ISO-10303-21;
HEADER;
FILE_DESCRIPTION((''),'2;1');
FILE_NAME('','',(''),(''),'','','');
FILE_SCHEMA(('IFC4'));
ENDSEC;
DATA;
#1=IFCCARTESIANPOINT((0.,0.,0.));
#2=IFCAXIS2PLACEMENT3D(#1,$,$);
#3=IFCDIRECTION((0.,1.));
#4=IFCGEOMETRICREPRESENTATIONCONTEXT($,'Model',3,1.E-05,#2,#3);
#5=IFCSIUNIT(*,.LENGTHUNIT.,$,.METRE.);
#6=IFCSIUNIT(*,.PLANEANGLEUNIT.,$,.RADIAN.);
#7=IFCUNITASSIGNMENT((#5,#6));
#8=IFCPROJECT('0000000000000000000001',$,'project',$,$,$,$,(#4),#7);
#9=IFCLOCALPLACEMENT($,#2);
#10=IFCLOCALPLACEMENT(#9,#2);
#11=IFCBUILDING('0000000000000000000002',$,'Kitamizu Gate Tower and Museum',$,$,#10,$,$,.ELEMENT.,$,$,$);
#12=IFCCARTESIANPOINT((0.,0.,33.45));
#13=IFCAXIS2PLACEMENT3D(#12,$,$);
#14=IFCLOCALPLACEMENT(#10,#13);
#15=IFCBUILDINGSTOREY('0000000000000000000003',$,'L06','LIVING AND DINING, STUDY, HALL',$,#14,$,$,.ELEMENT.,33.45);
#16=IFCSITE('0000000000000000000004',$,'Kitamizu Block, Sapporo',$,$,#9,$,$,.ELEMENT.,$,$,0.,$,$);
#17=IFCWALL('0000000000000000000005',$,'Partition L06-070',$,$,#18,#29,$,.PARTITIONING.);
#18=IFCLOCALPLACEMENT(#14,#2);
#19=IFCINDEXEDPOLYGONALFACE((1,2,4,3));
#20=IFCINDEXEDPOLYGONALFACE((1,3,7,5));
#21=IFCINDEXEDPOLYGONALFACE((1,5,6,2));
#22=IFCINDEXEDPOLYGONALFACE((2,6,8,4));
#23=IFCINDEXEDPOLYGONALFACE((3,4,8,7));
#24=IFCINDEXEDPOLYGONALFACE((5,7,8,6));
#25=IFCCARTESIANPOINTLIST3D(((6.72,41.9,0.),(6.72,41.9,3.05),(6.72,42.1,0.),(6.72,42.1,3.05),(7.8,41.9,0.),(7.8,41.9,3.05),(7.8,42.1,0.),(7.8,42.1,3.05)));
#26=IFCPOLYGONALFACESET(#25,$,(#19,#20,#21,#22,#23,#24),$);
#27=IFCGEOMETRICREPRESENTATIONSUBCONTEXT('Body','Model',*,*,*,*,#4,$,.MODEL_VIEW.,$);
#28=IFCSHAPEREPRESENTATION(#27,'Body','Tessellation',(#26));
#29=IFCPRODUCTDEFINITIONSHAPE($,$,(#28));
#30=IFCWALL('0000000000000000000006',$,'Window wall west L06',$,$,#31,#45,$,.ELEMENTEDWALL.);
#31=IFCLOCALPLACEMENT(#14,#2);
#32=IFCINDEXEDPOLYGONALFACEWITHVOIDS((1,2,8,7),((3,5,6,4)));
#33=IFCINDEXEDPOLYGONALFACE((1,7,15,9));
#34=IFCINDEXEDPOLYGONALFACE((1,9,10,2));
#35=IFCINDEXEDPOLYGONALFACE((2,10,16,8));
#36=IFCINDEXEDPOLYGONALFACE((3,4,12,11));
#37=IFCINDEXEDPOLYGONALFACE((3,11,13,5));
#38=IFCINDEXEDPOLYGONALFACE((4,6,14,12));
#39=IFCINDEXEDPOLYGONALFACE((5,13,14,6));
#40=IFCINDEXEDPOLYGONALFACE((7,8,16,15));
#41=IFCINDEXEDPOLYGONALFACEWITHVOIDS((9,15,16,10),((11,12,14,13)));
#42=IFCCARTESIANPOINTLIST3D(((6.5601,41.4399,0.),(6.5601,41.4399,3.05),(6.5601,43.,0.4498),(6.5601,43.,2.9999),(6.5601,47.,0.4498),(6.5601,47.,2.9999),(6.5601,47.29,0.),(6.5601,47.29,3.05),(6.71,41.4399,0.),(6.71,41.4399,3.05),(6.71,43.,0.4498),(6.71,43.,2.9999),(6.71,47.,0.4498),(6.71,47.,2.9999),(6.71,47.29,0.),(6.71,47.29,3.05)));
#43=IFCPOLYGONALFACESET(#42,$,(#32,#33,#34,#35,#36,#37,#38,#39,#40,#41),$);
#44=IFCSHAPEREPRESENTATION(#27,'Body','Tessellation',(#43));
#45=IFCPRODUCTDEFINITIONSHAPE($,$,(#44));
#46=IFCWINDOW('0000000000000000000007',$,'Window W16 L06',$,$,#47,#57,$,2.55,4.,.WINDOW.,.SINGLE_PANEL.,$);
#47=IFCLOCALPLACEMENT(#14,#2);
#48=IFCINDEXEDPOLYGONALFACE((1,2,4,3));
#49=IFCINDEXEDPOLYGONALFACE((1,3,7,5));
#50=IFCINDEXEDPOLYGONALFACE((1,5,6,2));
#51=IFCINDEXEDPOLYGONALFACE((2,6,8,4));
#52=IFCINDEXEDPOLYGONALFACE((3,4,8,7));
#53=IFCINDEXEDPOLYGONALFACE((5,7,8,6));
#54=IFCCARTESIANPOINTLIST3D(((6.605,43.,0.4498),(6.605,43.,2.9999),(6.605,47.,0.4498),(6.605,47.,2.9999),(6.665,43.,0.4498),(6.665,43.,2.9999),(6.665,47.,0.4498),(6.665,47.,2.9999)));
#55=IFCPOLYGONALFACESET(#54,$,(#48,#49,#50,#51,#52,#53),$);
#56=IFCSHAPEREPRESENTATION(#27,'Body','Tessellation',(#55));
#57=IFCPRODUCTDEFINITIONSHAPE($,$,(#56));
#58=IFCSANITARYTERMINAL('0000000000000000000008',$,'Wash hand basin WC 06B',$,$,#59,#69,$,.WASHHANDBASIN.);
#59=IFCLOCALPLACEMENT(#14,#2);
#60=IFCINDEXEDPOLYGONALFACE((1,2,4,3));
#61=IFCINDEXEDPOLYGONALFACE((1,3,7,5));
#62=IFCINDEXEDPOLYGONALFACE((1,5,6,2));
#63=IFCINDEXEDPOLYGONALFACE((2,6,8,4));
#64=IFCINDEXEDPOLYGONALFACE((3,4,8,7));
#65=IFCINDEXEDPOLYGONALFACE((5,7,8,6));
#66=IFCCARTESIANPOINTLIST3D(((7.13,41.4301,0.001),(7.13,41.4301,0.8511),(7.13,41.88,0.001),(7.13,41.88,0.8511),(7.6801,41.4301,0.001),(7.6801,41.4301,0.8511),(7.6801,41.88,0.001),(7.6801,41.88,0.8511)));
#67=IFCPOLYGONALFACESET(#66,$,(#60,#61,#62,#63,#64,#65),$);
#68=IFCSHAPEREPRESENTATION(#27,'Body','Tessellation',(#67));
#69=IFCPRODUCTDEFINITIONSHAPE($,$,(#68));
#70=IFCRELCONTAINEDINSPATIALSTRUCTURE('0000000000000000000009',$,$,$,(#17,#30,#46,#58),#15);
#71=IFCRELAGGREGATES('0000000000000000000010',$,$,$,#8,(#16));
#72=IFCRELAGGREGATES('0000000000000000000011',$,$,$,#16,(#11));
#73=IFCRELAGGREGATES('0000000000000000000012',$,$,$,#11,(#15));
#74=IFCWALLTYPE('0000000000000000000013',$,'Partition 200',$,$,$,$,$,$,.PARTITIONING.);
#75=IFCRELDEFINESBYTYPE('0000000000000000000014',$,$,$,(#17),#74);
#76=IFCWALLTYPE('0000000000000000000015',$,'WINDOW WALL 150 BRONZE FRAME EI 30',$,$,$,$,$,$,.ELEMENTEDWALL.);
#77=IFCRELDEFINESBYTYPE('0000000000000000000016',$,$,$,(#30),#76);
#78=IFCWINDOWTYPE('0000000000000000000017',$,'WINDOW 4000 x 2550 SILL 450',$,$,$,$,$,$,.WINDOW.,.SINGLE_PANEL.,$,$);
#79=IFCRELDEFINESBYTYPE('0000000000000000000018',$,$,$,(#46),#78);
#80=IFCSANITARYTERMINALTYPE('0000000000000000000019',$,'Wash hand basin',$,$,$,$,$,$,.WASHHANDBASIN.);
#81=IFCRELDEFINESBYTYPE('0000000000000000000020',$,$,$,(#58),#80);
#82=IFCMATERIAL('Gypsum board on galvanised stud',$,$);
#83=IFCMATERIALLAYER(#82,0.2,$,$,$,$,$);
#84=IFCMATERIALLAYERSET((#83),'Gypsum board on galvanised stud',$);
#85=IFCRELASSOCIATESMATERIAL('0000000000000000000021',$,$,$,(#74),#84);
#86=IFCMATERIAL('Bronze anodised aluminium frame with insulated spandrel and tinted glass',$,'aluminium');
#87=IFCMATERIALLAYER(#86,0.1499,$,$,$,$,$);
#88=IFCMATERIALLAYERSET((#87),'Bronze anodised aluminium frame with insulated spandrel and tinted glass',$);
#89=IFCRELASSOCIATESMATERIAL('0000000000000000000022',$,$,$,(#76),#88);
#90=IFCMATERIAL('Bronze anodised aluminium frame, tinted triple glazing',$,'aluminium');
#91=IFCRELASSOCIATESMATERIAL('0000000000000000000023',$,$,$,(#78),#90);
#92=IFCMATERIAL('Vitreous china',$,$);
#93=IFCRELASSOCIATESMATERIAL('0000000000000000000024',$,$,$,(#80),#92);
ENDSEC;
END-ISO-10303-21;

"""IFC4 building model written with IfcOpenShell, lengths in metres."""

from ifc_helpers import new_model, si_unit, direction, frame, frame_2d, origin, origin_2d, place, context, subcontext, project, spatial, rectangle, extrude, material, layer, layer_set, type_object, element, fill, save


model = new_model("IFC4")

# Units and contexts
model_context = context("Model", 3, precision=1e-05, world=origin(), true_north=direction((0.0, 1.0)))
body_context = subcontext(model_context, "Body", "Model", "MODEL_VIEW")
ifc_project = project(units=[si_unit("LENGTHUNIT", "METRE"), si_unit("PLANEANGLEUNIT", "RADIAN")], contexts=[model_context])

# Site, building, storey
site_placement = place(None, origin())
site = spatial("IfcSite", under=ifc_project, at=site_placement, Name="Kitamizu Block, Sapporo", CompositionType="ELEMENT", RefElevation=0.0)
building_placement = place(site_placement, origin())
building = spatial("IfcBuilding", under=site, at=building_placement, Name="Kitamizu Gate Tower and Museum", CompositionType="ELEMENT")
storey_placement = place(building_placement, frame((0.0, 0.0, 33.45)))
storey = spatial("IfcBuildingStorey", under=building, at=storey_placement, Name="L06", Description="LIVING AND DINING, STUDY, HALL", CompositionType="ELEMENT", Elevation=33.45)

# Wall
ifc_material_1 = material(Name="Gypsum board on galvanised stud")
ifc_layer_1 = layer(ifc_material_1, 0.2)
ifc_layer_set_1 = layer_set([ifc_layer_1], Name="Gypsum board on galvanised stud")
wall_type_1 = type_object("IfcWallType", Name="Partition 200", PredefinedType="PARTITIONING", material=ifc_layer_set_1)
wall_1_placement = place(storey_placement, frame((7.8, 42.0, 0.0), z_axis=(0.0, 0.0, 1.0), x_axis=(-1.0, 0.0, 0.0)))
element("IfcWall", 1, at=wall_1_placement, inside=storey, type_object=wall_type_1, Name="Partition L06-070", PredefinedType="PARTITIONING", context=body_context, shape_type="SweptSolid", body=[
    extrude(rectangle(XDim=1.0801, YDim=0.2, at=frame_2d((0.54, 0.0))), origin(), (0.0, 0.0, 1.0), 3.05),
])

# Wall, opening, window
ifc_material_2 = material(Name="Bronze anodised aluminium frame with insulated spandrel and tinted glass", Category="aluminium")
ifc_layer_2 = layer(ifc_material_2, 0.1499)
ifc_layer_set_2 = layer_set([ifc_layer_2], Name="Bronze anodised aluminium frame with insulated spandrel and tinted glass")
wall_type_2 = type_object("IfcWallType", Name="WINDOW WALL 150 BRONZE FRAME EI 30", PredefinedType="ELEMENTEDWALL", material=ifc_layer_set_2)
wall_2_placement = place(storey_placement, frame((6.635, 41.4399, 0.0), z_axis=(0.0, 0.0, 1.0), x_axis=(0.0, 1.0, 0.0)))
wall_2 = element("IfcWall", 2, at=wall_2_placement, inside=storey, type_object=wall_type_2, Name="Window wall west L06", PredefinedType="ELEMENTEDWALL", context=body_context, shape_type="SweptSolid", body=[
    extrude(rectangle(XDim=5.8501, YDim=0.1499, at=frame_2d((2.925, 0.0))), origin(), (0.0, 0.0, 1.0), 3.05),
])
opening_placement = place(wall_2_placement, frame((1.5601, 0.0, 0.45)))
opening = element("IfcOpeningElement", 3, at=opening_placement, cuts=wall_2, PredefinedType="OPENING", context=body_context, shape_type="SweptSolid", body=[
    extrude(rectangle(XDim=4.0, YDim=2.55, at=frame_2d((2.0, 1.2749))), frame((0.0, 0.085, 0.0), z_axis=(0.0, -1.0, 0.0), x_axis=(1.0, 0.0, 0.0)), (0.0, 0.0, 1.0), 0.1699),
])
ifc_material_3 = material(Name="Bronze anodised aluminium frame, tinted triple glazing", Category="aluminium")
window_type = type_object("IfcWindowType", Name="WINDOW 4000 x 2550 SILL 450", PartitioningType="SINGLE_PANEL", PredefinedType="WINDOW", material=ifc_material_3)
window_placement = place(opening_placement, origin())
window = element("IfcWindow", 4, at=window_placement, inside=storey, type_object=window_type, Name="Window W16 L06", OverallHeight=2.55, OverallWidth=4.0, PartitioningType="SINGLE_PANEL", PredefinedType="WINDOW", context=body_context, shape_type="SweptSolid", body=[
    extrude(rectangle(XDim=4.0, YDim=2.55, at=frame_2d((2.0, 1.2749))), frame((0.0, 0.03, 0.0), z_axis=(0.0, -1.0, 0.0), x_axis=(1.0, 0.0, 0.0)), (0.0, 0.0, 1.0), 0.0601),
])
fill(opening, window)

# Sanitary terminal
ifc_material_4 = material(Name="Vitreous china")
sanitary_terminal_type = type_object("IfcSanitaryTerminalType", Name="Wash hand basin", PredefinedType="WASHHANDBASIN", material=ifc_material_4)
sanitary_terminal_placement = place(storey_placement, frame((7.405, 41.655, 0.001), z_axis=(0.0, 0.0, 1.0), x_axis=(1.0, 0.0, 0.0)))
element("IfcSanitaryTerminal", 5, at=sanitary_terminal_placement, inside=storey, type_object=sanitary_terminal_type, Name="Wash hand basin WC 06B", PredefinedType="WASHHANDBASIN", context=body_context, shape_type="SweptSolid", body=[
    extrude(rectangle(XDim=0.55, YDim=0.45, at=origin_2d()), origin(), (0.0, 0.0, 1.0), 0.8501),
])

save(model, "model.ifc")
